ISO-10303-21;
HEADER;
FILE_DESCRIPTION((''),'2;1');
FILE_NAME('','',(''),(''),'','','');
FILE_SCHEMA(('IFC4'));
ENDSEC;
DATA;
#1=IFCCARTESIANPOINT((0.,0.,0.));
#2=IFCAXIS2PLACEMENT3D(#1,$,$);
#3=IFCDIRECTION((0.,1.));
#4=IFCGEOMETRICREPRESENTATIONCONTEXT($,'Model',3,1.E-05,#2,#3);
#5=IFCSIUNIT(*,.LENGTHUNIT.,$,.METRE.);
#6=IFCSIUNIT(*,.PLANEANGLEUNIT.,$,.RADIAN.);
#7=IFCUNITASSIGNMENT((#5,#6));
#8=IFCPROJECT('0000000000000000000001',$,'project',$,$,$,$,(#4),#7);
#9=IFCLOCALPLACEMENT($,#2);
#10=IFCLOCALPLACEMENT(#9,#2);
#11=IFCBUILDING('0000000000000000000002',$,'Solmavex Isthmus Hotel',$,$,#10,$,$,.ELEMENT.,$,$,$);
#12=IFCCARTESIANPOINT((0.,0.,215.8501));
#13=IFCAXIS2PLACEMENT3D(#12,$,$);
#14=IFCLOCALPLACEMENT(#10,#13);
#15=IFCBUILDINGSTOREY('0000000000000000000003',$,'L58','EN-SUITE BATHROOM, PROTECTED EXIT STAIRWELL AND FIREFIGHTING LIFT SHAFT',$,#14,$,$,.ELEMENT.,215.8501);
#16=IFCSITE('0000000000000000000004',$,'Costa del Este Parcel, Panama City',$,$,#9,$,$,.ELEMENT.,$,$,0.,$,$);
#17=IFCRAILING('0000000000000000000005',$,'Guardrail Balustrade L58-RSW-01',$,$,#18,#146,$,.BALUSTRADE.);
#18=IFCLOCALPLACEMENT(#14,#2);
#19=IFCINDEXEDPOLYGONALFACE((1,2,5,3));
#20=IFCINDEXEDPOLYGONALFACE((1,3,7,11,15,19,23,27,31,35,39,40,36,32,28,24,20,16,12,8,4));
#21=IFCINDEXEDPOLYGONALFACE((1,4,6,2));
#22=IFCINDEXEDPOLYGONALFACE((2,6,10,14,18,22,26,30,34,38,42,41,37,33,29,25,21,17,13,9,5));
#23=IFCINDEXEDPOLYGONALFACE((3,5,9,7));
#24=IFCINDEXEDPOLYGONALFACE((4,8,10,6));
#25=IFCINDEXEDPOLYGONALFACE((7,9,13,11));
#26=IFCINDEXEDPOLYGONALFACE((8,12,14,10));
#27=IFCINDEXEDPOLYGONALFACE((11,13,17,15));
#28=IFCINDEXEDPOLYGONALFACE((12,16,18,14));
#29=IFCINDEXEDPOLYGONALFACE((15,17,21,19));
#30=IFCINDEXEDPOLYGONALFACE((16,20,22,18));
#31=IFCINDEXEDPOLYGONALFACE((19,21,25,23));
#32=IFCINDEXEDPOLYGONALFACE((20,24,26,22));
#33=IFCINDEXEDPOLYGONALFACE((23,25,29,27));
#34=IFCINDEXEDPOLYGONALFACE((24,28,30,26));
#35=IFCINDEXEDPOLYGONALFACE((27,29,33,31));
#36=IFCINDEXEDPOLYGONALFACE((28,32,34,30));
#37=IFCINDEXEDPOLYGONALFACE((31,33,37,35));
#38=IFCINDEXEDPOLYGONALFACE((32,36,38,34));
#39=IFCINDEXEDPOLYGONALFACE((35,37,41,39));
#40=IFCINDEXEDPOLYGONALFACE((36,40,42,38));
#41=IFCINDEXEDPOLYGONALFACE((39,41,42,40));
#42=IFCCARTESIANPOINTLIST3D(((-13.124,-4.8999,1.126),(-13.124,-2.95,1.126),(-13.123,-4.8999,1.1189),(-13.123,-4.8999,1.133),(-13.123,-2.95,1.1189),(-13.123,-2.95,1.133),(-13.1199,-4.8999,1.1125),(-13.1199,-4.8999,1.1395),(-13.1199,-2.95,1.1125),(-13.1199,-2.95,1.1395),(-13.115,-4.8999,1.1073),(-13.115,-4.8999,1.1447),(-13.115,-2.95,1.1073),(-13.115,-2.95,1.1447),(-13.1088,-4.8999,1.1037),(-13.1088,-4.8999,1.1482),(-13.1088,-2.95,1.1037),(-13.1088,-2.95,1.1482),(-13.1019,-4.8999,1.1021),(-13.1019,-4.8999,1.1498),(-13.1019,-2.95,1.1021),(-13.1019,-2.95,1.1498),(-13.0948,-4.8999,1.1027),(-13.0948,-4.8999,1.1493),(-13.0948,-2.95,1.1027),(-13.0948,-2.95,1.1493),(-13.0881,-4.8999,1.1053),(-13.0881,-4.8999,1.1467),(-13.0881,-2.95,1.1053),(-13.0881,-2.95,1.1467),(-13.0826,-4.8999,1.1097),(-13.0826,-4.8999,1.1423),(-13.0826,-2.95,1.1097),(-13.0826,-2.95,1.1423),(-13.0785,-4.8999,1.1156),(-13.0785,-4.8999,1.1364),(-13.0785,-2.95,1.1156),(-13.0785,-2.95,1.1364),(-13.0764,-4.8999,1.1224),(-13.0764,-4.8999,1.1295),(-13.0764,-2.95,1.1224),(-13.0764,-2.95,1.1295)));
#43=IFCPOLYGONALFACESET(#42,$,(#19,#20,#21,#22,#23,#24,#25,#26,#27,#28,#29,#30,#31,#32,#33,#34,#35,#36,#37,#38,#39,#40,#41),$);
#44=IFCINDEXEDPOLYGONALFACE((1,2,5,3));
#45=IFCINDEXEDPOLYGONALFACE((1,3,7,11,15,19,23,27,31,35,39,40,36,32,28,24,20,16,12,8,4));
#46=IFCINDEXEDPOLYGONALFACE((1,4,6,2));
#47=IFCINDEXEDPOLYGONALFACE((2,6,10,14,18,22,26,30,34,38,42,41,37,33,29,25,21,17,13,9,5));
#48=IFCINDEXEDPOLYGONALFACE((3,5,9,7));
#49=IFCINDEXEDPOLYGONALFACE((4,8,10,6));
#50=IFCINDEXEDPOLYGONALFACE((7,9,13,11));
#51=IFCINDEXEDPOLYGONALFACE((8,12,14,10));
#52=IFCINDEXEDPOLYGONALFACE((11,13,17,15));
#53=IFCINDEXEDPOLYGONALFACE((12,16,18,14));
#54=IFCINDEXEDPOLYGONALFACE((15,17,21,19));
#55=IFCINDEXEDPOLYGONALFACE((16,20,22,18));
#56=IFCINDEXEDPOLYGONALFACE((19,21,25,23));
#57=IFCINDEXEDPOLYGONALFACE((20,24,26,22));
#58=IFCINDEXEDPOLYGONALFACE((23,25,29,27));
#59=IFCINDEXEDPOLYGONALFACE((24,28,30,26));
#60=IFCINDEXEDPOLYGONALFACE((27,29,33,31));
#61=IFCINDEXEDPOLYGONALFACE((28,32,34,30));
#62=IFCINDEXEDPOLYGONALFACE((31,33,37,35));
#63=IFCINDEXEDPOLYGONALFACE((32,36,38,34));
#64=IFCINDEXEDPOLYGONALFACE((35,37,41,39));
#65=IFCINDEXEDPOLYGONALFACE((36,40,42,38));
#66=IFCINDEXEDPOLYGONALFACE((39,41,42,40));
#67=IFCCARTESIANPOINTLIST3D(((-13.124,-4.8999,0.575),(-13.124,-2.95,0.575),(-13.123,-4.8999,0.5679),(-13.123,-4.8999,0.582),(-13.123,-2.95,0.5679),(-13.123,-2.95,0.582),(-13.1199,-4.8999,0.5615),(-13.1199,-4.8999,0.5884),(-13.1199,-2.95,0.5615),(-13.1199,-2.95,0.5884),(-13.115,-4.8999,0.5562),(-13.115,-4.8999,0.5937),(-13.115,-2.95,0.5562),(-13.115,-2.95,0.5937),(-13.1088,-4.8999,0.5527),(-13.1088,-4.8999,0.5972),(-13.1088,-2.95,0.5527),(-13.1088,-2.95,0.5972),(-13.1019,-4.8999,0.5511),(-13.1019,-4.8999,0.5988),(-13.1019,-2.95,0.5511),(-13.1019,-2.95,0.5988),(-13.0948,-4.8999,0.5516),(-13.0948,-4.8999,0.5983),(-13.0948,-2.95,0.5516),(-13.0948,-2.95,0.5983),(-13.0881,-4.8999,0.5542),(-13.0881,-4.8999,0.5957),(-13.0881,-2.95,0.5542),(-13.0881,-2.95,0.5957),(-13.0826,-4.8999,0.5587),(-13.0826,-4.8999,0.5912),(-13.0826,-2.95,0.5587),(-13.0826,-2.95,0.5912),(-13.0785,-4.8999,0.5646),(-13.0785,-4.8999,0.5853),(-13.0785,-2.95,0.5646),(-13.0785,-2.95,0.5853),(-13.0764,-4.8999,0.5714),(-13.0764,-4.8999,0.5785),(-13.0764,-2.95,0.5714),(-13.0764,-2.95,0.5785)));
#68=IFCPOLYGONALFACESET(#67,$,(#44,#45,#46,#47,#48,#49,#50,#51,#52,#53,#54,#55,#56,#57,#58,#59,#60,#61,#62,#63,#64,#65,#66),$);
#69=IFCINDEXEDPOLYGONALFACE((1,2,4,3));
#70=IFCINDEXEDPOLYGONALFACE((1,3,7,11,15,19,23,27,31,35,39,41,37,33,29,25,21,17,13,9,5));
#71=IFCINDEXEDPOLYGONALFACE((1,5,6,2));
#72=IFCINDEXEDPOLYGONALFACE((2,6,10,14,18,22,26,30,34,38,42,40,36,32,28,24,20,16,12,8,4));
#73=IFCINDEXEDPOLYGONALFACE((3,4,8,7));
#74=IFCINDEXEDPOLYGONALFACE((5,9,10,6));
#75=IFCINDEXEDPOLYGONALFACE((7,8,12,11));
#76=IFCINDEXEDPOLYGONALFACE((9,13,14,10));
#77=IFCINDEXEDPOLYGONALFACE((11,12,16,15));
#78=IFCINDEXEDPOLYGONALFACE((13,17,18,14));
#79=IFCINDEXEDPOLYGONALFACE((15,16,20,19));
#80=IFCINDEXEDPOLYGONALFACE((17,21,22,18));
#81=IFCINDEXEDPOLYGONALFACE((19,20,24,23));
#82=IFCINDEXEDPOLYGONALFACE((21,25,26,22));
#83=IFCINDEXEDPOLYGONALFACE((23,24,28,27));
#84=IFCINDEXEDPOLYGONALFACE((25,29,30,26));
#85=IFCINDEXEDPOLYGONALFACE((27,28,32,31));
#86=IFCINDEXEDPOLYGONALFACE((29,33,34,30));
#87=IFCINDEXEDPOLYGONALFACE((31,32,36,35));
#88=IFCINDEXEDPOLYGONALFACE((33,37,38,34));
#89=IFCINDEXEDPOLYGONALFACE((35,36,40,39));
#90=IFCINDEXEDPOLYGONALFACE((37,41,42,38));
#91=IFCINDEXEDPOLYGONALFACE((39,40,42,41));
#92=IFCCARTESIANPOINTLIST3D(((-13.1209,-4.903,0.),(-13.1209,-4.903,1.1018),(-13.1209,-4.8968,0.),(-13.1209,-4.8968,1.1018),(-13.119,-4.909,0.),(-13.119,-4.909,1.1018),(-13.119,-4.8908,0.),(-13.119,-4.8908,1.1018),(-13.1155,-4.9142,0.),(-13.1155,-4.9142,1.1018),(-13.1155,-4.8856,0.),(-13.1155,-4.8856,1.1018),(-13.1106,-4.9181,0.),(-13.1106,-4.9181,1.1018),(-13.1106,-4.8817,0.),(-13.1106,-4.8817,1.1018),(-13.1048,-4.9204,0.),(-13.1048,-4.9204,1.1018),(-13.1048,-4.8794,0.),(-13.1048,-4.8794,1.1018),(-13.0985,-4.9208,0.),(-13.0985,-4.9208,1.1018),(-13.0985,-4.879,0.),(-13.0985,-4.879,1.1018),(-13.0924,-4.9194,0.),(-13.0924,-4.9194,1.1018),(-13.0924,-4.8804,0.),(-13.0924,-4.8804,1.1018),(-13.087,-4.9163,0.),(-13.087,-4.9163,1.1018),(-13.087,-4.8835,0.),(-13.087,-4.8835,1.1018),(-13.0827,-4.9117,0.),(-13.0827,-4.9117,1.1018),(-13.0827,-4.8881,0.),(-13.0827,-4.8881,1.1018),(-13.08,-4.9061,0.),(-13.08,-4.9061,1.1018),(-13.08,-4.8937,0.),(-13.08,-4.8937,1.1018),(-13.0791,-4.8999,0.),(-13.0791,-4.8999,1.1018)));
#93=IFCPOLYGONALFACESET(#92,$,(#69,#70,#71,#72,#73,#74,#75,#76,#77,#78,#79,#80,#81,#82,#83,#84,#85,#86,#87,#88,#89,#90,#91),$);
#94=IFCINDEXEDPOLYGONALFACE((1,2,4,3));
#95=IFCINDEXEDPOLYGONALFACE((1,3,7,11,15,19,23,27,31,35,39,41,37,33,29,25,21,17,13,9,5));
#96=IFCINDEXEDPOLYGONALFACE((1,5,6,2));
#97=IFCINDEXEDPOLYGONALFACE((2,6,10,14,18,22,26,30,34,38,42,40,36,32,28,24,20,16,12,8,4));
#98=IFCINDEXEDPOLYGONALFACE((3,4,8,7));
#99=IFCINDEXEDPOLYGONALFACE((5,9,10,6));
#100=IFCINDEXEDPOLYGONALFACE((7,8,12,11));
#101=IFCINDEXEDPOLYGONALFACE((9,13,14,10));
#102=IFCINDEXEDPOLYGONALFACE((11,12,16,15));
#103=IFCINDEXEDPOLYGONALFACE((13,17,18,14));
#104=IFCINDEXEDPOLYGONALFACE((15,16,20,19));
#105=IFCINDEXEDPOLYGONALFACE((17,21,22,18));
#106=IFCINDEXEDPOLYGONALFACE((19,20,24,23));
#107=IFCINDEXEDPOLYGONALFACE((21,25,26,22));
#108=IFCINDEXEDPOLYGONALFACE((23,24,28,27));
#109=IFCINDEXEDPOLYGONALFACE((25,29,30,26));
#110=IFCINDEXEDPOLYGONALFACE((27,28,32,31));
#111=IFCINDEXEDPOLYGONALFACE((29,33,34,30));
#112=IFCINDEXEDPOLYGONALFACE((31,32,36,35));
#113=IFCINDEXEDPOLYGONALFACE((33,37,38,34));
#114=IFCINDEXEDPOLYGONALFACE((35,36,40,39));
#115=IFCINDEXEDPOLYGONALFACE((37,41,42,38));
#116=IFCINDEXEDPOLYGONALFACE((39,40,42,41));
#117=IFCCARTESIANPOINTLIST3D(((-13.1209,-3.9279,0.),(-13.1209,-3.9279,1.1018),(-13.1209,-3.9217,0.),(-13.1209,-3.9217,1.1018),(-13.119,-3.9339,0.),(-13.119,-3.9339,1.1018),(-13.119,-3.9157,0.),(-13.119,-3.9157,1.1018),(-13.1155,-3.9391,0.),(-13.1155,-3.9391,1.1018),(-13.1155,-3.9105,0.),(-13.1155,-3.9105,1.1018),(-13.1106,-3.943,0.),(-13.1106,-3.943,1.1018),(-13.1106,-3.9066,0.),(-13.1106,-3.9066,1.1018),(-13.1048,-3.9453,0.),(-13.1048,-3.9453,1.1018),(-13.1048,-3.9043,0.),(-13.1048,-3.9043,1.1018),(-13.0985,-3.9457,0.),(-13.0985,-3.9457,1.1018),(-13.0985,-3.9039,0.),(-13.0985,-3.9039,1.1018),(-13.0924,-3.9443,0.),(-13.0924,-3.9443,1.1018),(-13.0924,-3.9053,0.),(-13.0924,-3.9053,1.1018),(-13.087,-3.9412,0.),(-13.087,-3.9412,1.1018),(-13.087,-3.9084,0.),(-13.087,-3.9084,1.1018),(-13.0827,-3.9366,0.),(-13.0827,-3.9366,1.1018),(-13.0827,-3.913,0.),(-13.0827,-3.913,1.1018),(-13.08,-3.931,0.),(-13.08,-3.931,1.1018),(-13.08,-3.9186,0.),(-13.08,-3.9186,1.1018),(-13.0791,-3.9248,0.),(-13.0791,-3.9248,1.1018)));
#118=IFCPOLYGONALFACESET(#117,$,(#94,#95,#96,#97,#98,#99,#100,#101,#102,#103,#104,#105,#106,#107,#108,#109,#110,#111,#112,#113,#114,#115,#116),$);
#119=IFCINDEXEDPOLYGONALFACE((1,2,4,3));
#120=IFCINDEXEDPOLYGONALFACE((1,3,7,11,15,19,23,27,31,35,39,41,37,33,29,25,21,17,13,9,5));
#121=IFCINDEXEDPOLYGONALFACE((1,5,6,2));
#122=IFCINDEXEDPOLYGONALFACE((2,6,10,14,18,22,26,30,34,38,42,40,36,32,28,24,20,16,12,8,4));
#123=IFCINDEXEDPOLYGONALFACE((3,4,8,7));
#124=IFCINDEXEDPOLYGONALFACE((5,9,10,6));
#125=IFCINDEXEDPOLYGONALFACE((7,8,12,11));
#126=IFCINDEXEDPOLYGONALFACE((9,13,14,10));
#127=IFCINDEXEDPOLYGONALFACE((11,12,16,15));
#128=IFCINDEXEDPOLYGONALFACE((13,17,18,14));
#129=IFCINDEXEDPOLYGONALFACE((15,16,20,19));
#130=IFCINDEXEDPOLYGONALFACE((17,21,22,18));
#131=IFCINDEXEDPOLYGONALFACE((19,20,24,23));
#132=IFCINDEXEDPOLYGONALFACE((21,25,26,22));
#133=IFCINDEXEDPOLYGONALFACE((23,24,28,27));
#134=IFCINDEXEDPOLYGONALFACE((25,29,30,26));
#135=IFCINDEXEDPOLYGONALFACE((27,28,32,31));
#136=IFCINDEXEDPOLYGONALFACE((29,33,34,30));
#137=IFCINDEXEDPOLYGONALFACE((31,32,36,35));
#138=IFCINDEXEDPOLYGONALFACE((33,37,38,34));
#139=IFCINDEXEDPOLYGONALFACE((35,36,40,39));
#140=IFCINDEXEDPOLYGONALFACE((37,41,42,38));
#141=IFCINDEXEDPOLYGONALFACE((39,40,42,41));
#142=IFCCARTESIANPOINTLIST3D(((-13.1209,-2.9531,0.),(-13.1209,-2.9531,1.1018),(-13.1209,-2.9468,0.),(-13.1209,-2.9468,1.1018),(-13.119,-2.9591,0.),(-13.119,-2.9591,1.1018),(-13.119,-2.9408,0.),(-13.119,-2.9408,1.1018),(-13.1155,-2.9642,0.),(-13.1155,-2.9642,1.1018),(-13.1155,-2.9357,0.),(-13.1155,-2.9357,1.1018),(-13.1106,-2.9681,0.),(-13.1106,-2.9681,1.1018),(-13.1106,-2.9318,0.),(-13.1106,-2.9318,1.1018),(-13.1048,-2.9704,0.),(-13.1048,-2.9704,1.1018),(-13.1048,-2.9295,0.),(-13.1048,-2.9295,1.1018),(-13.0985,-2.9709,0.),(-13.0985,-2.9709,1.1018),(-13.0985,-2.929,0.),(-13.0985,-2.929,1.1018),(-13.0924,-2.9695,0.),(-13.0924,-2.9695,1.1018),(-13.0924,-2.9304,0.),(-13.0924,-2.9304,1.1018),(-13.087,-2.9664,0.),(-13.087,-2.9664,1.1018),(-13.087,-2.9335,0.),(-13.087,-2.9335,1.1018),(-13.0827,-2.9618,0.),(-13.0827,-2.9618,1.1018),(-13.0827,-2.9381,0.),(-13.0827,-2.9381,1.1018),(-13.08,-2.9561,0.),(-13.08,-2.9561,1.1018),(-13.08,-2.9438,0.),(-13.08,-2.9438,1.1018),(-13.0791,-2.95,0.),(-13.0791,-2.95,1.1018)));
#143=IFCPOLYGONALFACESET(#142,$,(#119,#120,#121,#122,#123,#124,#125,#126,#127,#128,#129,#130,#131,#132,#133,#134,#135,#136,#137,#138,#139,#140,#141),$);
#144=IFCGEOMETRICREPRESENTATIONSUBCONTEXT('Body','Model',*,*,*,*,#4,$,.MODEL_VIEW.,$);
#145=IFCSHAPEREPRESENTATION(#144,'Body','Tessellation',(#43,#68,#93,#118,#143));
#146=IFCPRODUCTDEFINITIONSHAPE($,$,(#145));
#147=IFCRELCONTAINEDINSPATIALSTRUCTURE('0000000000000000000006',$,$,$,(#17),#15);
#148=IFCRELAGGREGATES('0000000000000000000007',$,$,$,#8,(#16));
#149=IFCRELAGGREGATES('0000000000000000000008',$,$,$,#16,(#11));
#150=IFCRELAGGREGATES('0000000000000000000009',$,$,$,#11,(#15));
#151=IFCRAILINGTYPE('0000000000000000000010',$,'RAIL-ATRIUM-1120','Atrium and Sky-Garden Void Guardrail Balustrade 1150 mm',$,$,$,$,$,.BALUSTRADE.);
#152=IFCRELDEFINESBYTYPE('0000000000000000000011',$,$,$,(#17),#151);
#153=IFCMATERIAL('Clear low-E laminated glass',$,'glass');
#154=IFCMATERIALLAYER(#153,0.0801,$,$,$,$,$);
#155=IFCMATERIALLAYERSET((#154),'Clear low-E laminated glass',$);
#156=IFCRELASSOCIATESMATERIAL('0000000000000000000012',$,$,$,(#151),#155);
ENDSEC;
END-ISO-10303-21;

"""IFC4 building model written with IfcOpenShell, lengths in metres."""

from ifc_helpers import new_model, si_unit, direction, frame, origin, origin_2d, place, context, subcontext, project, spatial, circle, extrude, material, layer, layer_set, type_object, element, save


model = new_model("IFC4")

# Units and contexts
model_context = context("Model", 3, precision=1e-05, world=origin(), true_north=direction((0.0, 1.0)))
body_context = subcontext(model_context, "Body", "Model", "MODEL_VIEW")
ifc_project = project(units=[si_unit("LENGTHUNIT", "METRE"), si_unit("PLANEANGLEUNIT", "RADIAN")], contexts=[model_context])

# Site, building, storey
site_placement = place(None, origin())
site = spatial("IfcSite", under=ifc_project, at=site_placement, Name="Costa del Este Parcel, Panama City", CompositionType="ELEMENT", RefElevation=0.0)
building_placement = place(site_placement, origin())
building = spatial("IfcBuilding", under=site, at=building_placement, Name="Solmavex Isthmus Hotel", CompositionType="ELEMENT")
storey_placement = place(building_placement, frame((0.0, 0.0, 215.8501)))
storey = spatial("IfcBuildingStorey", under=building, at=storey_placement, Name="L58", Description="EN-SUITE BATHROOM, PROTECTED EXIT STAIRWELL AND FIREFIGHTING LIFT SHAFT", CompositionType="ELEMENT", Elevation=215.8501)

# Railing
ifc_material_1 = material(Name="Clear low-E laminated glass", Category="glass")
ifc_layer_1 = layer(ifc_material_1, 0.0801)
ifc_layer_set_1 = layer_set([ifc_layer_1], Name="Clear low-E laminated glass")
railing_type_1 = type_object("IfcRailingType", Name="RAIL-ATRIUM-1120", Description="Atrium and Sky-Garden Void Guardrail Balustrade 1150 mm", PredefinedType="BALUSTRADE", material=ifc_layer_set_1)
railing_1_placement = place(storey_placement, frame((-13.1001, -4.8999, 0.0)))
element("IfcRailing", 1, at=railing_1_placement, inside=storey, type_object=railing_type_1, Name="Guardrail Balustrade L58-RSW-01", PredefinedType="BALUSTRADE", context=body_context, shape_type="SweptSolid", body=[
    extrude(circle(Radius=0.0239, at=origin_2d()), frame((0.0, 0.0, 1.126), z_axis=(0.0, 1.0, 0.0), x_axis=(-1.0, 0.0, 0.0)), (0.0, 0.0, 1.0), 1.95),
    extrude(circle(Radius=0.0239, at=origin_2d()), frame((0.0, 0.0, 0.575), z_axis=(0.0, 1.0, 0.0), x_axis=(-1.0, 0.0, 0.0)), (0.0, 0.0, 1.0), 1.95),
    extrude(circle(Radius=0.021, at=origin_2d()), origin(), (0.0, 0.0, 1.0), 1.1018),
    extrude(circle(Radius=0.021, at=origin_2d()), frame((0.0, 0.9751, 0.0)), (0.0, 0.0, 1.0), 1.1018),
    extrude(circle(Radius=0.021, at=origin_2d()), frame((0.0, 1.95, 0.0)), (0.0, 0.0, 1.0), 1.1018),
])

save(model, "model.ifc")
